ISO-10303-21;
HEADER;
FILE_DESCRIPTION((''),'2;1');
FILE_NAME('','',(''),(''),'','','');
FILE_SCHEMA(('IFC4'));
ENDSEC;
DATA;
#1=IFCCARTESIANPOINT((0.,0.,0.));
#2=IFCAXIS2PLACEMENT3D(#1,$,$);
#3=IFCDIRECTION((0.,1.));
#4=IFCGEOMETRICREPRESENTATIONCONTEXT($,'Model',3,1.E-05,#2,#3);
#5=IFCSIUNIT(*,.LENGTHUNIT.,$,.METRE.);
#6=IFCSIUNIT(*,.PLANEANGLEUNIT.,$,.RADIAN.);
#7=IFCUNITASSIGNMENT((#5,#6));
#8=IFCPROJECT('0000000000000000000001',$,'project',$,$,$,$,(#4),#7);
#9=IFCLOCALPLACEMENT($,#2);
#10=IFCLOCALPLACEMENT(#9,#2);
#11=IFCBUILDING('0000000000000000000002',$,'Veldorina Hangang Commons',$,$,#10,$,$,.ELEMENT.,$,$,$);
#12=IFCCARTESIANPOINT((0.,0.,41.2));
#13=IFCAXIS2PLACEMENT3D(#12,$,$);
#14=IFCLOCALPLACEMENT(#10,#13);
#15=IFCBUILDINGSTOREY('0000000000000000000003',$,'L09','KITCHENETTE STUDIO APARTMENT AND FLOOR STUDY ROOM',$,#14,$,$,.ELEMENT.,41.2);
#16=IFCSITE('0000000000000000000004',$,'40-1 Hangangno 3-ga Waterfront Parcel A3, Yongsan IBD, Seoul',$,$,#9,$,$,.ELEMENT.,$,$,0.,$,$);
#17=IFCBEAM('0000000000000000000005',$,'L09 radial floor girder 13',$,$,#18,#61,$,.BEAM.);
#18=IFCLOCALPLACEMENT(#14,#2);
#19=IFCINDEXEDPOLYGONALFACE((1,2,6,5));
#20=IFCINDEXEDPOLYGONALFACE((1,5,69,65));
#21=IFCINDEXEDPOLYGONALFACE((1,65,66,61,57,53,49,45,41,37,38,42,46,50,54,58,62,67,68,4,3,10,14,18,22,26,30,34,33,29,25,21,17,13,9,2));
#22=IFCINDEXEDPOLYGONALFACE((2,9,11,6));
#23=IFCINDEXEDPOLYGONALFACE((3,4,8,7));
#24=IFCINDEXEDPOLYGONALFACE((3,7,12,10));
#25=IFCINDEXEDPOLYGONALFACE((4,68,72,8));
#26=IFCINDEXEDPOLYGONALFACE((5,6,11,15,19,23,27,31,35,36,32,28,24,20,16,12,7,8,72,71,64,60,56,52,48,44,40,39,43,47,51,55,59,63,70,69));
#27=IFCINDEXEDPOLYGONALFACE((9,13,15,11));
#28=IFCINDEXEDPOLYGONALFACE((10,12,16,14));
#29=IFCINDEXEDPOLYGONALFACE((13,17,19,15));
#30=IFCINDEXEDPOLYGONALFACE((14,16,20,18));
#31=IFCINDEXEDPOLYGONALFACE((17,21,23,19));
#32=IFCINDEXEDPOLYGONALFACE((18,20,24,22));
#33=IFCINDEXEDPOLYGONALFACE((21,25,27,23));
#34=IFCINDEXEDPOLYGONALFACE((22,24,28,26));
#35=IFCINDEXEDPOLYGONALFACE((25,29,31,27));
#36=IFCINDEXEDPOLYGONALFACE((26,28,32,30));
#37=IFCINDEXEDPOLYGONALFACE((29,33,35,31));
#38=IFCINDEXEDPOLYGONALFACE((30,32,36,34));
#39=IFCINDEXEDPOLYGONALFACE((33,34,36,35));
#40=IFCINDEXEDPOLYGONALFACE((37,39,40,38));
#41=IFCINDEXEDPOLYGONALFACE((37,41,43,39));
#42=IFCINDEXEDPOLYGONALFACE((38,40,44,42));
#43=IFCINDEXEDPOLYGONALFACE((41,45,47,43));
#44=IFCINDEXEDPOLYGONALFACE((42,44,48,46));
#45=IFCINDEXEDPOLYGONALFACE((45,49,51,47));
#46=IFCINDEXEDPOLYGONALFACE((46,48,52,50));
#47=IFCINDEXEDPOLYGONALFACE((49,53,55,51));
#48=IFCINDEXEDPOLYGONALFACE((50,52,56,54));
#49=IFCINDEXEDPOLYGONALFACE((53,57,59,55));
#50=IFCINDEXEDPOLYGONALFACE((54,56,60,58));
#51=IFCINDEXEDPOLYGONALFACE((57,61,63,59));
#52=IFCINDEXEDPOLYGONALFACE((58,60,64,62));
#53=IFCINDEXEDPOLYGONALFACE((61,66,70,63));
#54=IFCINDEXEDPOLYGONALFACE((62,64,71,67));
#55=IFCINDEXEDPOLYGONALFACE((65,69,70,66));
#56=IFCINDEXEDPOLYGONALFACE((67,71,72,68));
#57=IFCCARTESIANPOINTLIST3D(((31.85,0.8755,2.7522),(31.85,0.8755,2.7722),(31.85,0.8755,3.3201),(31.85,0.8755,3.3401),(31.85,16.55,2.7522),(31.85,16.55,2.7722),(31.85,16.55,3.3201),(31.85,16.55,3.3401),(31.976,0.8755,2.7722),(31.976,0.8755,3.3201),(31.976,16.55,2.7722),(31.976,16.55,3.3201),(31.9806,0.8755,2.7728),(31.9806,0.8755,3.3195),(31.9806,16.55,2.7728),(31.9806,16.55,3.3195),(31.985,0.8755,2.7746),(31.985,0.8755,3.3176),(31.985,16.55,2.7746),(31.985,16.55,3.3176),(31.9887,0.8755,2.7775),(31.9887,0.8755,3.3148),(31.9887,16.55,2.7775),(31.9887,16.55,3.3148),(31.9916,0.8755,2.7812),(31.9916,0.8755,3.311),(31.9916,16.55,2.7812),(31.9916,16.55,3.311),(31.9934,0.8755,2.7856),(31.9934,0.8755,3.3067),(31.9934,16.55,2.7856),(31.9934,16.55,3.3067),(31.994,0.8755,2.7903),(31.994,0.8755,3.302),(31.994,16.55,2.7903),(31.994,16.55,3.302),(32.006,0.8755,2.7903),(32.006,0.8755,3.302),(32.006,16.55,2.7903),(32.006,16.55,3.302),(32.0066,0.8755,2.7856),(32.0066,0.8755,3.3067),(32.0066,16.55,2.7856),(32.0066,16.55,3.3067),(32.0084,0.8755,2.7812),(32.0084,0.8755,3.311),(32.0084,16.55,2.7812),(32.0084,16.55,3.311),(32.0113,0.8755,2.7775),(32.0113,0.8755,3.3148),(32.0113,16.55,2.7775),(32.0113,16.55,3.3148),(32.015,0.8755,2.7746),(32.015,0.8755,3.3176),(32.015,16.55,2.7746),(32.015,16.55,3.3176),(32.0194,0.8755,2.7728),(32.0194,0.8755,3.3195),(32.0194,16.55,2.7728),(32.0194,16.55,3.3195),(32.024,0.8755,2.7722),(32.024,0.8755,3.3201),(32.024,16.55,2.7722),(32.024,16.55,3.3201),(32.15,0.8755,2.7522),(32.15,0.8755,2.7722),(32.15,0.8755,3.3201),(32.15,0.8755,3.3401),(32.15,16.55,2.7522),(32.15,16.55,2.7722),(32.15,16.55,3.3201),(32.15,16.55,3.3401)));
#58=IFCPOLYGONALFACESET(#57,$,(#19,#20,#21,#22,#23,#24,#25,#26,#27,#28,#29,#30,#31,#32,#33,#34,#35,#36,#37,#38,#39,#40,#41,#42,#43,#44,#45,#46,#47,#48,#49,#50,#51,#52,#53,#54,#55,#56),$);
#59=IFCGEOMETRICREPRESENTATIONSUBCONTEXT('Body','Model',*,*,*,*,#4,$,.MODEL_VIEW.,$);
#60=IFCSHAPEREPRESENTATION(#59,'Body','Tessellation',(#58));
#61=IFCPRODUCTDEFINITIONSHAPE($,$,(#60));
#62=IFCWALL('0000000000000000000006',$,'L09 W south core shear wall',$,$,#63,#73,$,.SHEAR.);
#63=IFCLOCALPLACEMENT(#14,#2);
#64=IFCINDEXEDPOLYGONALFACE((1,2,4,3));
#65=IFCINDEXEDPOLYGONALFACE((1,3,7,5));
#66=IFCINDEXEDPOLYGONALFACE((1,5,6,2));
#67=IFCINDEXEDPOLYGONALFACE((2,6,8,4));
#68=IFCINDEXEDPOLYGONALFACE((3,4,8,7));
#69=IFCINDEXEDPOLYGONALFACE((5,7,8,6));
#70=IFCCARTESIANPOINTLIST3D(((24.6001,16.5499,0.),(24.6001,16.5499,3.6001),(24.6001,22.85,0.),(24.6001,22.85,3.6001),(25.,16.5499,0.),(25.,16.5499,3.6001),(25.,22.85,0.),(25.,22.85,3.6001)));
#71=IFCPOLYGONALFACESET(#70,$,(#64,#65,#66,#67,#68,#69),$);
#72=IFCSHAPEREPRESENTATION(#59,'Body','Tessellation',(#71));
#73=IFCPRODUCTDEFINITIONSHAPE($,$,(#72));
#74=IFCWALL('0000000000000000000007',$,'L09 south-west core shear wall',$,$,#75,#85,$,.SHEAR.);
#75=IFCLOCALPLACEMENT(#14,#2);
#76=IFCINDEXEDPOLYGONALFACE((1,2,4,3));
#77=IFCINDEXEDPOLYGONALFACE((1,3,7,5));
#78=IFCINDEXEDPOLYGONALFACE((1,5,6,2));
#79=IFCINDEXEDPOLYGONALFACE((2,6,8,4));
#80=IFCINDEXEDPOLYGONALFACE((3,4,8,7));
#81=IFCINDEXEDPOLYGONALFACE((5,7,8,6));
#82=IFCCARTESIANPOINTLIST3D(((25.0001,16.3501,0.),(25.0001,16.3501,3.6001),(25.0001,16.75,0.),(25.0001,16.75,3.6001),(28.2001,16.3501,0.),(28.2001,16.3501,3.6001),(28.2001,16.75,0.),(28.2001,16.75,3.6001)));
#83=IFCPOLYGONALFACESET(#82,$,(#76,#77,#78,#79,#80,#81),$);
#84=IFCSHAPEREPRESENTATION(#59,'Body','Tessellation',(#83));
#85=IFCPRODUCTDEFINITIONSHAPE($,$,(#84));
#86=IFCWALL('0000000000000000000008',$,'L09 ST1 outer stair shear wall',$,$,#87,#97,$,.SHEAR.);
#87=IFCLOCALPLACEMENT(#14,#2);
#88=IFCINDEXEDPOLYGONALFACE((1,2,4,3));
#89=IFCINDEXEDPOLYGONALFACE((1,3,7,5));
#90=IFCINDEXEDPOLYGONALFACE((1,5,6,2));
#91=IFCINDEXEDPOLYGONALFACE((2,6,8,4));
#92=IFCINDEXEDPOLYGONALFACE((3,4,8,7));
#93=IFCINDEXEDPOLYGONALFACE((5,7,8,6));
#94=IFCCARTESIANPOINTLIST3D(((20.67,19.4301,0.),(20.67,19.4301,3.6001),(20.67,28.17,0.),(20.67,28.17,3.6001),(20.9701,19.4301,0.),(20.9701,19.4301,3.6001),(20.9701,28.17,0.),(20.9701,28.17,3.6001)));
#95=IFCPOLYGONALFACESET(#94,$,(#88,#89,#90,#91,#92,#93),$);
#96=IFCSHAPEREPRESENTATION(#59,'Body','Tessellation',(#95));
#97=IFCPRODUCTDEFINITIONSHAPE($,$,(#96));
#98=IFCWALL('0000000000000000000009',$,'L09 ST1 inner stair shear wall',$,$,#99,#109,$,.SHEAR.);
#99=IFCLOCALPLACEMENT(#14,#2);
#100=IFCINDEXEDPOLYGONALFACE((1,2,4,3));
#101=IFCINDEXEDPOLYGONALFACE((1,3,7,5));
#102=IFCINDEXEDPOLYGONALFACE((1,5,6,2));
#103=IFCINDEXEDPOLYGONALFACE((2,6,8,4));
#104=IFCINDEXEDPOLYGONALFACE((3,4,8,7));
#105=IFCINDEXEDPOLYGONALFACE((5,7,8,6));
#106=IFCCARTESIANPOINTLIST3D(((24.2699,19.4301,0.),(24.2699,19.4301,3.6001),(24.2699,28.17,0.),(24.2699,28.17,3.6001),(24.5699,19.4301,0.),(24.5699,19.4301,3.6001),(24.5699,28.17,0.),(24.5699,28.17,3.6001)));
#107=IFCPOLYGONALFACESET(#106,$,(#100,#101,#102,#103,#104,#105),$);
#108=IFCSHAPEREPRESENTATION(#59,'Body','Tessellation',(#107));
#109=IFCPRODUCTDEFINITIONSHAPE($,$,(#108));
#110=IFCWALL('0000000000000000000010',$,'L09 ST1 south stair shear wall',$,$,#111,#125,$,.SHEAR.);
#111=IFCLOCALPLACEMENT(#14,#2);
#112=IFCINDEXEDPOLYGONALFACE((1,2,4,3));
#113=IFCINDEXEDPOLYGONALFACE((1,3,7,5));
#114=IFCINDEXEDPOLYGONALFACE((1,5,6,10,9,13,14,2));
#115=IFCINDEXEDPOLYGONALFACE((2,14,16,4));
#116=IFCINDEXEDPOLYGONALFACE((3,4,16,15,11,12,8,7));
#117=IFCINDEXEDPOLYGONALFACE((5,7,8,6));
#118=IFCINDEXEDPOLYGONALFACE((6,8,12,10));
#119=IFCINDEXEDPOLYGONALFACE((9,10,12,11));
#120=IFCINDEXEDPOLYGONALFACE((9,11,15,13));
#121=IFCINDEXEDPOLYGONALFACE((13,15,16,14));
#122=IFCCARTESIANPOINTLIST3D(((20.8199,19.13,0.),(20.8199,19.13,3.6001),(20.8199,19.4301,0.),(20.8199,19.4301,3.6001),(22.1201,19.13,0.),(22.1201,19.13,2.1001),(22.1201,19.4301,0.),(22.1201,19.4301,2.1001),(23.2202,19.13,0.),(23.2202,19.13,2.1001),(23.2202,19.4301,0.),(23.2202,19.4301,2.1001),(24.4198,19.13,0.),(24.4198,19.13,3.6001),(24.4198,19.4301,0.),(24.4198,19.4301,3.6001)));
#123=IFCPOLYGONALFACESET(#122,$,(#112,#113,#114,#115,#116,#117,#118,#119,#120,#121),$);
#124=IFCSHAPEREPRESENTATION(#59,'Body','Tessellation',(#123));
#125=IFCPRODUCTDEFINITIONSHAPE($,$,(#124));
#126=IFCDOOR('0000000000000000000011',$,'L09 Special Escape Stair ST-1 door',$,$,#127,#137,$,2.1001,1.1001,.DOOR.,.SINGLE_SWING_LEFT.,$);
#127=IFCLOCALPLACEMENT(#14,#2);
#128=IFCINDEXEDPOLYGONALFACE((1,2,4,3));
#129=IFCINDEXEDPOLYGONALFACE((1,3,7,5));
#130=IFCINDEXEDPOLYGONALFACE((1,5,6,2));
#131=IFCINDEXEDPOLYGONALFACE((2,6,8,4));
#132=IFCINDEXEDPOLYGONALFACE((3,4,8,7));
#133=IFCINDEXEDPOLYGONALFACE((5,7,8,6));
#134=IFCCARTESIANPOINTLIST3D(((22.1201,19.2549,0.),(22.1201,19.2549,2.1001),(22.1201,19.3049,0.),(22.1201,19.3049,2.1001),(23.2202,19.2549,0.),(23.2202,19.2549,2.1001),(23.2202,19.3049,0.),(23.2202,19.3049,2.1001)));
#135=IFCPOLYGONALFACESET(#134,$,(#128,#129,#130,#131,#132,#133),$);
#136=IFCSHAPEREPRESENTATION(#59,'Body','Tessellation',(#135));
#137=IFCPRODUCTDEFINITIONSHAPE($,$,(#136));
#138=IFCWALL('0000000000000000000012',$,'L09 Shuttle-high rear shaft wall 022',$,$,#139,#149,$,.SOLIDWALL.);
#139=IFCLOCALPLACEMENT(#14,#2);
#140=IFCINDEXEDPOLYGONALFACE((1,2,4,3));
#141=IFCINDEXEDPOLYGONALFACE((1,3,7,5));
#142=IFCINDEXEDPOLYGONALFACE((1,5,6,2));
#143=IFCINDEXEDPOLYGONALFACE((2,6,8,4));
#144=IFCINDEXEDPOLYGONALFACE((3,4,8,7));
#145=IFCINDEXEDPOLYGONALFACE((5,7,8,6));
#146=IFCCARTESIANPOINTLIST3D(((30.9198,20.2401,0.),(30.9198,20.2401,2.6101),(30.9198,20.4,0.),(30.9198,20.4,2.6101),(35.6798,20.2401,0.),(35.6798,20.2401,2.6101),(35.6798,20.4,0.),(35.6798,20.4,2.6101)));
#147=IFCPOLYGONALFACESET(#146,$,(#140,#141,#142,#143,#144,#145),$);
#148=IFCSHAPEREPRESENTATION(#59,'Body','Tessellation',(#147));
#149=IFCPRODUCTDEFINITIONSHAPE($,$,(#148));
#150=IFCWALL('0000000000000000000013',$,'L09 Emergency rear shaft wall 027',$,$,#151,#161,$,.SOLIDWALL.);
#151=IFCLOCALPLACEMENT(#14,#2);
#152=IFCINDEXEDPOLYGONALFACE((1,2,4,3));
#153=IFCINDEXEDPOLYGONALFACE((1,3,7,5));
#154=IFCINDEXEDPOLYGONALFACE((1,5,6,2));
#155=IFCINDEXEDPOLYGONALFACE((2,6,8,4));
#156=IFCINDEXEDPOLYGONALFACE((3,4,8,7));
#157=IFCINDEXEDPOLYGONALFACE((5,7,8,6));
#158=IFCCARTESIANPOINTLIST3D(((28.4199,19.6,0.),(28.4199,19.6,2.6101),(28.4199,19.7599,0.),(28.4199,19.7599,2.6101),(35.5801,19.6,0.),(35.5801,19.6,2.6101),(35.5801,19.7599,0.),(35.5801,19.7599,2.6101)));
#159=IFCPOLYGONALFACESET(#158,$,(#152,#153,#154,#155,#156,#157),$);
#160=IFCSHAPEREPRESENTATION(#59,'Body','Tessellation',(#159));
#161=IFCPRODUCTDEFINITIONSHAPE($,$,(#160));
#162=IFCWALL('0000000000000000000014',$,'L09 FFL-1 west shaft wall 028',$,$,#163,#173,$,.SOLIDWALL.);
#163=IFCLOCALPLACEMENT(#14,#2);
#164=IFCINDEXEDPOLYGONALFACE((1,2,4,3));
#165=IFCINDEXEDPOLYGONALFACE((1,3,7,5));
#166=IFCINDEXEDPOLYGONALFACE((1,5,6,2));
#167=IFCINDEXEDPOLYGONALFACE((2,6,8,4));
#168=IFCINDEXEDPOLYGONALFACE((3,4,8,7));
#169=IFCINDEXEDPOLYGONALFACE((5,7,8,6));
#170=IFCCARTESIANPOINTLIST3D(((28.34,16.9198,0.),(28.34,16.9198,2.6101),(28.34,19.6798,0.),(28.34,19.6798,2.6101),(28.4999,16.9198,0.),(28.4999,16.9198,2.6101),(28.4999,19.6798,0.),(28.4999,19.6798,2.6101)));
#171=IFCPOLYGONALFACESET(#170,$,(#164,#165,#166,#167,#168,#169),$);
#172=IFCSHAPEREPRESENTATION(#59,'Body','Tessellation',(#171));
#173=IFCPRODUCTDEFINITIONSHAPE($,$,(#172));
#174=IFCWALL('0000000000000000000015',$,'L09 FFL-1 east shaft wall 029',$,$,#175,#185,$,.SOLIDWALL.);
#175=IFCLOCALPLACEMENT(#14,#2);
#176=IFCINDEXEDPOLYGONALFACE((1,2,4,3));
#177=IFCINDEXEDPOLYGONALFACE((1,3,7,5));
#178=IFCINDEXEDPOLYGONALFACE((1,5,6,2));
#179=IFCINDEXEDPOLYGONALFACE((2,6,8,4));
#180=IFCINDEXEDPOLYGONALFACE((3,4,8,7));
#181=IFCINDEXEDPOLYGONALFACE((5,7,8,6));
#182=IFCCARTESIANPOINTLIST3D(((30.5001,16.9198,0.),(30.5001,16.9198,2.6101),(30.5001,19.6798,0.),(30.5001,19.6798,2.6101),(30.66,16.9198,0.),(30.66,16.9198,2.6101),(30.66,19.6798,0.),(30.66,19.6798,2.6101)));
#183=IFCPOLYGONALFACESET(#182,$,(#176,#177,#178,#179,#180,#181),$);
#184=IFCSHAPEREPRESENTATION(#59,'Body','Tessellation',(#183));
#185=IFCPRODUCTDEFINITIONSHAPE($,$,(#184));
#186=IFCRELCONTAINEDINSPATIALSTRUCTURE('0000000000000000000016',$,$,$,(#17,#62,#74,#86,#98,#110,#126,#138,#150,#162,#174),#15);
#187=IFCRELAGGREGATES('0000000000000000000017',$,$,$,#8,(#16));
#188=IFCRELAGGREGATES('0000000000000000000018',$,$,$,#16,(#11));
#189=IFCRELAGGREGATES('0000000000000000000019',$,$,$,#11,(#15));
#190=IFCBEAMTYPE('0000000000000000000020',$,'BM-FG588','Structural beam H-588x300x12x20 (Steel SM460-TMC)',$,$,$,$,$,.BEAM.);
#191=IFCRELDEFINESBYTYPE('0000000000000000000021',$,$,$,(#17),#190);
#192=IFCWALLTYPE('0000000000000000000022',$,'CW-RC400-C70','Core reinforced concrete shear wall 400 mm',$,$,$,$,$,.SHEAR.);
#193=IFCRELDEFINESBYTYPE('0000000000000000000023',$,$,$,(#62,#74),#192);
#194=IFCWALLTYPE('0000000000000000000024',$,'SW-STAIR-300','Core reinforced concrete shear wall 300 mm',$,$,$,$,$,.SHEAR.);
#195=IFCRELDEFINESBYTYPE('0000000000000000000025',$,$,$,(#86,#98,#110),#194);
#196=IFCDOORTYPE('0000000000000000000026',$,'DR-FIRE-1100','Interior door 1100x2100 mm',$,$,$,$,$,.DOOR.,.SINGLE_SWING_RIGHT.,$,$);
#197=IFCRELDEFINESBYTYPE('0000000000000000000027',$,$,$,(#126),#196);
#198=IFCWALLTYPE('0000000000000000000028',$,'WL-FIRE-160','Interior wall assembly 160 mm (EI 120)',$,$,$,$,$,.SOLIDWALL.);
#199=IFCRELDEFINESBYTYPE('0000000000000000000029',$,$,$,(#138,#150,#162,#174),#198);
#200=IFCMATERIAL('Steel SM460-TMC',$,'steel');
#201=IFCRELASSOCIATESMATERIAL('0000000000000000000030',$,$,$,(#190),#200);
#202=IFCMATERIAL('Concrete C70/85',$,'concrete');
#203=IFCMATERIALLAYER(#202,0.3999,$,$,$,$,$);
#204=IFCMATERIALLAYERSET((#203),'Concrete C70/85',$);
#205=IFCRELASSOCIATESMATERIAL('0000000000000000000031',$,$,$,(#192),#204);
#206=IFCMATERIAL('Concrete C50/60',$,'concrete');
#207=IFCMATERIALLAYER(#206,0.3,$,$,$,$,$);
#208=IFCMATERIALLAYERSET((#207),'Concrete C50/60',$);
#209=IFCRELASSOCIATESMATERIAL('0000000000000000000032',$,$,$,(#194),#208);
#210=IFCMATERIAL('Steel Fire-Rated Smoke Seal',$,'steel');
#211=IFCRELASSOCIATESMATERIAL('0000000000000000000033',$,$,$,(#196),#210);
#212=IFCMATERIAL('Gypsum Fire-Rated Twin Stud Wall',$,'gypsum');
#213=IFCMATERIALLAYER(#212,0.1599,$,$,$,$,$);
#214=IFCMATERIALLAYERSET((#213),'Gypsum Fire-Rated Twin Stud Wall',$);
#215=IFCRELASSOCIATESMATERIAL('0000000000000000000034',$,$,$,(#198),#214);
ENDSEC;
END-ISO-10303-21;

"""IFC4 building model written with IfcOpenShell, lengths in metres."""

from ifc_helpers import new_model, si_unit, direction, frame, frame_2d, origin, origin_2d, place, context, subcontext, project, spatial, rectangle, i_section, extrude, material, layer, layer_set, material_profile, profile_set, type_object, element, fill, save


model = new_model("IFC4")

# Units and contexts
model_context = context("Model", 3, precision=1e-05, world=origin(), true_north=direction((0.0, 1.0)))
body_context = subcontext(model_context, "Body", "Model", "MODEL_VIEW")
ifc_project = project(units=[si_unit("LENGTHUNIT", "METRE"), si_unit("PLANEANGLEUNIT", "RADIAN")], contexts=[model_context])

# Site, building, storey
site_placement = place(None, origin())
site = spatial("IfcSite", under=ifc_project, at=site_placement, Name="40-1 Hangangno 3-ga Waterfront Parcel A3, Yongsan IBD, Seoul", CompositionType="ELEMENT", RefElevation=0.0)
building_placement = place(site_placement, origin())
building = spatial("IfcBuilding", under=site, at=building_placement, Name="Veldorina Hangang Commons", CompositionType="ELEMENT")
storey_placement = place(building_placement, frame((0.0, 0.0, 41.2)))
storey = spatial("IfcBuildingStorey", under=building, at=storey_placement, Name="L09", Description="KITCHENETTE STUDIO APARTMENT AND FLOOR STUDY ROOM", CompositionType="ELEMENT", Elevation=41.2)

# Beam
ifc_material_1 = material(Name="Concrete C70/85", Category="concrete")
ifc_material_2 = material(Name="Steel SM460-TMC", Category="steel")
ifc_material_profile_1 = material_profile(ifc_material_2, i_section(OverallWidth=0.3, OverallDepth=0.5879, WebThickness=0.012, FlangeThickness=0.02, FilletRadius=0.0181, at=origin_2d()), Name="H-588x300x12x20")
ifc_profile_set_1 = profile_set([ifc_material_profile_1], Name="Steel SM460-TMC")
beam_type_1 = type_object("IfcBeamType", Name="BM-FG588", Description="Structural beam H-588x300x12x20 (Steel SM460-TMC)", PredefinedType="BEAM", material=ifc_profile_set_1)
beam_1_placement = place(storey_placement, frame((32.0, 16.55, 3.0461), z_axis=(0.0, -1.0, 0.0), x_axis=(1.0, 0.0, 0.0)))
element("IfcBeam", 1, at=beam_1_placement, inside=storey, type_object=beam_type_1, Name="L09 radial floor girder 13", PredefinedType="BEAM", context=body_context, shape_type="SweptSolid", body=[
    extrude(i_section(OverallWidth=0.3, OverallDepth=0.5879, WebThickness=0.012, FlangeThickness=0.02, FilletRadius=0.0181, at=origin_2d()), origin(), (0.0, 0.0, 1.0), 15.6746),
])

# Walls
ifc_layer_1 = layer(ifc_material_1, 0.3999)
ifc_layer_set_1 = layer_set([ifc_layer_1], Name="Concrete C70/85")
wall_type_1 = type_object("IfcWallType", Name="CW-RC400-C70", Description="Core reinforced concrete shear wall 400 mm", PredefinedType="SHEAR", material=ifc_layer_set_1)
wall_1_placement = place(storey_placement, frame((24.8, 16.55, 0.0), z_axis=(0.0, 0.0, 1.0), x_axis=(0.0, 1.0, 0.0)))
element("IfcWall", 2, at=wall_1_placement, inside=storey, type_object=wall_type_1, Name="L09 W south core shear wall", PredefinedType="SHEAR", context=body_context, shape_type="SweptSolid", body=[
    extrude(rectangle(XDim=6.3, YDim=0.3999, at=frame_2d((3.1499, 0.0))), origin(), (0.0, 0.0, 1.0), 3.6001),
])
wall_2_placement = place(storey_placement, frame((25.0, 16.55, 0.0), z_axis=(0.0, 0.0, 1.0), x_axis=(1.0, 0.0, 0.0)))
element("IfcWall", 3, at=wall_2_placement, inside=storey, type_object=wall_type_1, Name="L09 south-west core shear wall", PredefinedType="SHEAR", context=body_context, shape_type="SweptSolid", body=[
    extrude(rectangle(XDim=3.2, YDim=0.3999, at=frame_2d((1.6001, 0.0))), origin(), (0.0, 0.0, 1.0), 3.6001),
])
ifc_material_3 = material(Name="Concrete C50/60", Category="concrete")
ifc_layer_2 = layer(ifc_material_3, 0.3)
ifc_layer_set_2 = layer_set([ifc_layer_2], Name="Concrete C50/60")
wall_type_2 = type_object("IfcWallType", Name="SW-STAIR-300", Description="Core reinforced concrete shear wall 300 mm", PredefinedType="SHEAR", material=ifc_layer_set_2)
for number, where, z_axis, x_axis, name in (
    (4, (20.8201, 19.4299, 0.0), (0.0, 0.0, 1.0), (0.0, 1.0, 0.0), "L09 ST1 outer stair shear wall"),
    (5, (24.4199, 19.4299, 0.0), (0.0, 0.0, 1.0), (0.0, 1.0, 0.0), "L09 ST1 inner stair shear wall"),
):
    element("IfcWall", number, at=place(storey_placement, frame(where, z_axis=z_axis, x_axis=x_axis)), inside=storey, type_object=wall_type_2, Name=name, PredefinedType="SHEAR", context=body_context, shape_type="SweptSolid", body=[
        extrude(rectangle(XDim=8.74, YDim=0.3, at=frame_2d((4.3701, 0.0))), origin(), (0.0, 0.0, 1.0), 3.6001),
    ])

# Wall, opening, door
wall_3_placement = place(storey_placement, frame((20.8201, 19.28, 0.0), z_axis=(0.0, 0.0, 1.0), x_axis=(1.0, 0.0, 0.0)))
wall_3 = element("IfcWall", 6, at=wall_3_placement, inside=storey, type_object=wall_type_2, Name="L09 ST1 south stair shear wall", PredefinedType="SHEAR", context=body_context, shape_type="SweptSolid", body=[
    extrude(rectangle(XDim=3.5999, YDim=0.3, at=frame_2d((1.7998, 0.0))), origin(), (0.0, 0.0, 1.0), 3.6001),
])
opening_1_placement = place(wall_3_placement, frame((1.3, 0.0, 0.0)))
opening_1 = element("IfcOpeningElement", 7, at=opening_1_placement, cuts=wall_3, PredefinedType="OPENING", context=body_context, shape_type="SweptSolid", body=[
    extrude(rectangle(XDim=1.1001, YDim=2.1001, at=frame_2d((0.55, 1.05))), frame((0.0, 0.1602, 0.0), z_axis=(0.0, -1.0, 0.0), x_axis=(1.0, 0.0, 0.0)), (0.0, 0.0, 1.0), 0.3201),
])
ifc_material_4 = material(Name="Steel Fire-Rated Smoke Seal", Category="steel")
door_type_1 = type_object("IfcDoorType", Name="DR-FIRE-1100", Description="Interior door 1100x2100 mm", OperationType="SINGLE_SWING_RIGHT", PredefinedType="DOOR", material=ifc_material_4)
door_1_placement = place(opening_1_placement, origin())
door_1 = element("IfcDoor", 8, at=door_1_placement, inside=storey, type_object=door_type_1, Name="L09 Special Escape Stair ST-1 door", OperationType="SINGLE_SWING_LEFT", OverallHeight=2.1001, OverallWidth=1.1001, PredefinedType="DOOR", context=body_context, shape_type="SweptSolid", body=[
    extrude(rectangle(XDim=1.1001, YDim=2.1001, at=frame_2d((0.55, 1.05))), frame((0.0, 0.0249, 0.0), z_axis=(0.0, -1.0, 0.0), x_axis=(1.0, 0.0, 0.0)), (0.0, 0.0, 1.0), 0.05),
])
fill(opening_1, door_1)

# Wall
ifc_material_5 = material(Name="Gypsum Fire-Rated Twin Stud Wall", Category="gypsum")
ifc_layer_3 = layer(ifc_material_5, 0.1599)
ifc_layer_set_3 = layer_set([ifc_layer_3], Name="Gypsum Fire-Rated Twin Stud Wall")
wall_type_3 = type_object("IfcWallType", Name="WL-FIRE-160", Description="Interior wall assembly 160 mm (EI 120)", PredefinedType="SOLIDWALL", material=ifc_layer_set_3)
wall_4_placement = place(storey_placement, frame((30.9199, 20.3201, 0.0), z_axis=(0.0, 0.0, 1.0), x_axis=(1.0, 0.0, 0.0)))
element("IfcWall", 9, at=wall_4_placement, inside=storey, type_object=wall_type_3, Name="L09 Shuttle-high rear shaft wall 022", PredefinedType="SOLIDWALL", context=body_context, shape_type="SweptSolid", body=[
    extrude(rectangle(XDim=4.76, YDim=0.1599, at=frame_2d((2.3799, 0.0))), origin(), (0.0, 0.0, 1.0), 2.6101),
])

# Walls
wall_5_placement = place(storey_placement, frame((28.4199, 19.6799, 0.0), z_axis=(0.0, 0.0, 1.0), x_axis=(1.0, 0.0, 0.0)))
element("IfcWall", 10, at=wall_5_placement, inside=storey, type_object=wall_type_3, Name="L09 Emergency rear shaft wall 027", PredefinedType="SOLIDWALL", context=body_context, shape_type="SweptSolid", body=[
    extrude(rectangle(XDim=7.1602, YDim=0.1599, at=frame_2d((3.5801, 0.0))), origin(), (0.0, 0.0, 1.0), 2.6101),
])
for number, where, z_axis, x_axis, name in (
    (11, (28.4199, 16.9199, 0.0), (0.0, 0.0, 1.0), (0.0, 1.0, 0.0), "L09 FFL-1 west shaft wall 028"),
    (12, (30.5801, 16.9199, 0.0), (0.0, 0.0, 1.0), (0.0, 1.0, 0.0), "L09 FFL-1 east shaft wall 029"),
):
    element("IfcWall", number, at=place(storey_placement, frame(where, z_axis=z_axis, x_axis=x_axis)), inside=storey, type_object=wall_type_3, Name=name, PredefinedType="SOLIDWALL", context=body_context, shape_type="SweptSolid", body=[
        extrude(rectangle(XDim=2.76, YDim=0.1599, at=frame_2d((1.3799, 0.0))), origin(), (0.0, 0.0, 1.0), 2.6101),
    ])

save(model, "model.ifc")
